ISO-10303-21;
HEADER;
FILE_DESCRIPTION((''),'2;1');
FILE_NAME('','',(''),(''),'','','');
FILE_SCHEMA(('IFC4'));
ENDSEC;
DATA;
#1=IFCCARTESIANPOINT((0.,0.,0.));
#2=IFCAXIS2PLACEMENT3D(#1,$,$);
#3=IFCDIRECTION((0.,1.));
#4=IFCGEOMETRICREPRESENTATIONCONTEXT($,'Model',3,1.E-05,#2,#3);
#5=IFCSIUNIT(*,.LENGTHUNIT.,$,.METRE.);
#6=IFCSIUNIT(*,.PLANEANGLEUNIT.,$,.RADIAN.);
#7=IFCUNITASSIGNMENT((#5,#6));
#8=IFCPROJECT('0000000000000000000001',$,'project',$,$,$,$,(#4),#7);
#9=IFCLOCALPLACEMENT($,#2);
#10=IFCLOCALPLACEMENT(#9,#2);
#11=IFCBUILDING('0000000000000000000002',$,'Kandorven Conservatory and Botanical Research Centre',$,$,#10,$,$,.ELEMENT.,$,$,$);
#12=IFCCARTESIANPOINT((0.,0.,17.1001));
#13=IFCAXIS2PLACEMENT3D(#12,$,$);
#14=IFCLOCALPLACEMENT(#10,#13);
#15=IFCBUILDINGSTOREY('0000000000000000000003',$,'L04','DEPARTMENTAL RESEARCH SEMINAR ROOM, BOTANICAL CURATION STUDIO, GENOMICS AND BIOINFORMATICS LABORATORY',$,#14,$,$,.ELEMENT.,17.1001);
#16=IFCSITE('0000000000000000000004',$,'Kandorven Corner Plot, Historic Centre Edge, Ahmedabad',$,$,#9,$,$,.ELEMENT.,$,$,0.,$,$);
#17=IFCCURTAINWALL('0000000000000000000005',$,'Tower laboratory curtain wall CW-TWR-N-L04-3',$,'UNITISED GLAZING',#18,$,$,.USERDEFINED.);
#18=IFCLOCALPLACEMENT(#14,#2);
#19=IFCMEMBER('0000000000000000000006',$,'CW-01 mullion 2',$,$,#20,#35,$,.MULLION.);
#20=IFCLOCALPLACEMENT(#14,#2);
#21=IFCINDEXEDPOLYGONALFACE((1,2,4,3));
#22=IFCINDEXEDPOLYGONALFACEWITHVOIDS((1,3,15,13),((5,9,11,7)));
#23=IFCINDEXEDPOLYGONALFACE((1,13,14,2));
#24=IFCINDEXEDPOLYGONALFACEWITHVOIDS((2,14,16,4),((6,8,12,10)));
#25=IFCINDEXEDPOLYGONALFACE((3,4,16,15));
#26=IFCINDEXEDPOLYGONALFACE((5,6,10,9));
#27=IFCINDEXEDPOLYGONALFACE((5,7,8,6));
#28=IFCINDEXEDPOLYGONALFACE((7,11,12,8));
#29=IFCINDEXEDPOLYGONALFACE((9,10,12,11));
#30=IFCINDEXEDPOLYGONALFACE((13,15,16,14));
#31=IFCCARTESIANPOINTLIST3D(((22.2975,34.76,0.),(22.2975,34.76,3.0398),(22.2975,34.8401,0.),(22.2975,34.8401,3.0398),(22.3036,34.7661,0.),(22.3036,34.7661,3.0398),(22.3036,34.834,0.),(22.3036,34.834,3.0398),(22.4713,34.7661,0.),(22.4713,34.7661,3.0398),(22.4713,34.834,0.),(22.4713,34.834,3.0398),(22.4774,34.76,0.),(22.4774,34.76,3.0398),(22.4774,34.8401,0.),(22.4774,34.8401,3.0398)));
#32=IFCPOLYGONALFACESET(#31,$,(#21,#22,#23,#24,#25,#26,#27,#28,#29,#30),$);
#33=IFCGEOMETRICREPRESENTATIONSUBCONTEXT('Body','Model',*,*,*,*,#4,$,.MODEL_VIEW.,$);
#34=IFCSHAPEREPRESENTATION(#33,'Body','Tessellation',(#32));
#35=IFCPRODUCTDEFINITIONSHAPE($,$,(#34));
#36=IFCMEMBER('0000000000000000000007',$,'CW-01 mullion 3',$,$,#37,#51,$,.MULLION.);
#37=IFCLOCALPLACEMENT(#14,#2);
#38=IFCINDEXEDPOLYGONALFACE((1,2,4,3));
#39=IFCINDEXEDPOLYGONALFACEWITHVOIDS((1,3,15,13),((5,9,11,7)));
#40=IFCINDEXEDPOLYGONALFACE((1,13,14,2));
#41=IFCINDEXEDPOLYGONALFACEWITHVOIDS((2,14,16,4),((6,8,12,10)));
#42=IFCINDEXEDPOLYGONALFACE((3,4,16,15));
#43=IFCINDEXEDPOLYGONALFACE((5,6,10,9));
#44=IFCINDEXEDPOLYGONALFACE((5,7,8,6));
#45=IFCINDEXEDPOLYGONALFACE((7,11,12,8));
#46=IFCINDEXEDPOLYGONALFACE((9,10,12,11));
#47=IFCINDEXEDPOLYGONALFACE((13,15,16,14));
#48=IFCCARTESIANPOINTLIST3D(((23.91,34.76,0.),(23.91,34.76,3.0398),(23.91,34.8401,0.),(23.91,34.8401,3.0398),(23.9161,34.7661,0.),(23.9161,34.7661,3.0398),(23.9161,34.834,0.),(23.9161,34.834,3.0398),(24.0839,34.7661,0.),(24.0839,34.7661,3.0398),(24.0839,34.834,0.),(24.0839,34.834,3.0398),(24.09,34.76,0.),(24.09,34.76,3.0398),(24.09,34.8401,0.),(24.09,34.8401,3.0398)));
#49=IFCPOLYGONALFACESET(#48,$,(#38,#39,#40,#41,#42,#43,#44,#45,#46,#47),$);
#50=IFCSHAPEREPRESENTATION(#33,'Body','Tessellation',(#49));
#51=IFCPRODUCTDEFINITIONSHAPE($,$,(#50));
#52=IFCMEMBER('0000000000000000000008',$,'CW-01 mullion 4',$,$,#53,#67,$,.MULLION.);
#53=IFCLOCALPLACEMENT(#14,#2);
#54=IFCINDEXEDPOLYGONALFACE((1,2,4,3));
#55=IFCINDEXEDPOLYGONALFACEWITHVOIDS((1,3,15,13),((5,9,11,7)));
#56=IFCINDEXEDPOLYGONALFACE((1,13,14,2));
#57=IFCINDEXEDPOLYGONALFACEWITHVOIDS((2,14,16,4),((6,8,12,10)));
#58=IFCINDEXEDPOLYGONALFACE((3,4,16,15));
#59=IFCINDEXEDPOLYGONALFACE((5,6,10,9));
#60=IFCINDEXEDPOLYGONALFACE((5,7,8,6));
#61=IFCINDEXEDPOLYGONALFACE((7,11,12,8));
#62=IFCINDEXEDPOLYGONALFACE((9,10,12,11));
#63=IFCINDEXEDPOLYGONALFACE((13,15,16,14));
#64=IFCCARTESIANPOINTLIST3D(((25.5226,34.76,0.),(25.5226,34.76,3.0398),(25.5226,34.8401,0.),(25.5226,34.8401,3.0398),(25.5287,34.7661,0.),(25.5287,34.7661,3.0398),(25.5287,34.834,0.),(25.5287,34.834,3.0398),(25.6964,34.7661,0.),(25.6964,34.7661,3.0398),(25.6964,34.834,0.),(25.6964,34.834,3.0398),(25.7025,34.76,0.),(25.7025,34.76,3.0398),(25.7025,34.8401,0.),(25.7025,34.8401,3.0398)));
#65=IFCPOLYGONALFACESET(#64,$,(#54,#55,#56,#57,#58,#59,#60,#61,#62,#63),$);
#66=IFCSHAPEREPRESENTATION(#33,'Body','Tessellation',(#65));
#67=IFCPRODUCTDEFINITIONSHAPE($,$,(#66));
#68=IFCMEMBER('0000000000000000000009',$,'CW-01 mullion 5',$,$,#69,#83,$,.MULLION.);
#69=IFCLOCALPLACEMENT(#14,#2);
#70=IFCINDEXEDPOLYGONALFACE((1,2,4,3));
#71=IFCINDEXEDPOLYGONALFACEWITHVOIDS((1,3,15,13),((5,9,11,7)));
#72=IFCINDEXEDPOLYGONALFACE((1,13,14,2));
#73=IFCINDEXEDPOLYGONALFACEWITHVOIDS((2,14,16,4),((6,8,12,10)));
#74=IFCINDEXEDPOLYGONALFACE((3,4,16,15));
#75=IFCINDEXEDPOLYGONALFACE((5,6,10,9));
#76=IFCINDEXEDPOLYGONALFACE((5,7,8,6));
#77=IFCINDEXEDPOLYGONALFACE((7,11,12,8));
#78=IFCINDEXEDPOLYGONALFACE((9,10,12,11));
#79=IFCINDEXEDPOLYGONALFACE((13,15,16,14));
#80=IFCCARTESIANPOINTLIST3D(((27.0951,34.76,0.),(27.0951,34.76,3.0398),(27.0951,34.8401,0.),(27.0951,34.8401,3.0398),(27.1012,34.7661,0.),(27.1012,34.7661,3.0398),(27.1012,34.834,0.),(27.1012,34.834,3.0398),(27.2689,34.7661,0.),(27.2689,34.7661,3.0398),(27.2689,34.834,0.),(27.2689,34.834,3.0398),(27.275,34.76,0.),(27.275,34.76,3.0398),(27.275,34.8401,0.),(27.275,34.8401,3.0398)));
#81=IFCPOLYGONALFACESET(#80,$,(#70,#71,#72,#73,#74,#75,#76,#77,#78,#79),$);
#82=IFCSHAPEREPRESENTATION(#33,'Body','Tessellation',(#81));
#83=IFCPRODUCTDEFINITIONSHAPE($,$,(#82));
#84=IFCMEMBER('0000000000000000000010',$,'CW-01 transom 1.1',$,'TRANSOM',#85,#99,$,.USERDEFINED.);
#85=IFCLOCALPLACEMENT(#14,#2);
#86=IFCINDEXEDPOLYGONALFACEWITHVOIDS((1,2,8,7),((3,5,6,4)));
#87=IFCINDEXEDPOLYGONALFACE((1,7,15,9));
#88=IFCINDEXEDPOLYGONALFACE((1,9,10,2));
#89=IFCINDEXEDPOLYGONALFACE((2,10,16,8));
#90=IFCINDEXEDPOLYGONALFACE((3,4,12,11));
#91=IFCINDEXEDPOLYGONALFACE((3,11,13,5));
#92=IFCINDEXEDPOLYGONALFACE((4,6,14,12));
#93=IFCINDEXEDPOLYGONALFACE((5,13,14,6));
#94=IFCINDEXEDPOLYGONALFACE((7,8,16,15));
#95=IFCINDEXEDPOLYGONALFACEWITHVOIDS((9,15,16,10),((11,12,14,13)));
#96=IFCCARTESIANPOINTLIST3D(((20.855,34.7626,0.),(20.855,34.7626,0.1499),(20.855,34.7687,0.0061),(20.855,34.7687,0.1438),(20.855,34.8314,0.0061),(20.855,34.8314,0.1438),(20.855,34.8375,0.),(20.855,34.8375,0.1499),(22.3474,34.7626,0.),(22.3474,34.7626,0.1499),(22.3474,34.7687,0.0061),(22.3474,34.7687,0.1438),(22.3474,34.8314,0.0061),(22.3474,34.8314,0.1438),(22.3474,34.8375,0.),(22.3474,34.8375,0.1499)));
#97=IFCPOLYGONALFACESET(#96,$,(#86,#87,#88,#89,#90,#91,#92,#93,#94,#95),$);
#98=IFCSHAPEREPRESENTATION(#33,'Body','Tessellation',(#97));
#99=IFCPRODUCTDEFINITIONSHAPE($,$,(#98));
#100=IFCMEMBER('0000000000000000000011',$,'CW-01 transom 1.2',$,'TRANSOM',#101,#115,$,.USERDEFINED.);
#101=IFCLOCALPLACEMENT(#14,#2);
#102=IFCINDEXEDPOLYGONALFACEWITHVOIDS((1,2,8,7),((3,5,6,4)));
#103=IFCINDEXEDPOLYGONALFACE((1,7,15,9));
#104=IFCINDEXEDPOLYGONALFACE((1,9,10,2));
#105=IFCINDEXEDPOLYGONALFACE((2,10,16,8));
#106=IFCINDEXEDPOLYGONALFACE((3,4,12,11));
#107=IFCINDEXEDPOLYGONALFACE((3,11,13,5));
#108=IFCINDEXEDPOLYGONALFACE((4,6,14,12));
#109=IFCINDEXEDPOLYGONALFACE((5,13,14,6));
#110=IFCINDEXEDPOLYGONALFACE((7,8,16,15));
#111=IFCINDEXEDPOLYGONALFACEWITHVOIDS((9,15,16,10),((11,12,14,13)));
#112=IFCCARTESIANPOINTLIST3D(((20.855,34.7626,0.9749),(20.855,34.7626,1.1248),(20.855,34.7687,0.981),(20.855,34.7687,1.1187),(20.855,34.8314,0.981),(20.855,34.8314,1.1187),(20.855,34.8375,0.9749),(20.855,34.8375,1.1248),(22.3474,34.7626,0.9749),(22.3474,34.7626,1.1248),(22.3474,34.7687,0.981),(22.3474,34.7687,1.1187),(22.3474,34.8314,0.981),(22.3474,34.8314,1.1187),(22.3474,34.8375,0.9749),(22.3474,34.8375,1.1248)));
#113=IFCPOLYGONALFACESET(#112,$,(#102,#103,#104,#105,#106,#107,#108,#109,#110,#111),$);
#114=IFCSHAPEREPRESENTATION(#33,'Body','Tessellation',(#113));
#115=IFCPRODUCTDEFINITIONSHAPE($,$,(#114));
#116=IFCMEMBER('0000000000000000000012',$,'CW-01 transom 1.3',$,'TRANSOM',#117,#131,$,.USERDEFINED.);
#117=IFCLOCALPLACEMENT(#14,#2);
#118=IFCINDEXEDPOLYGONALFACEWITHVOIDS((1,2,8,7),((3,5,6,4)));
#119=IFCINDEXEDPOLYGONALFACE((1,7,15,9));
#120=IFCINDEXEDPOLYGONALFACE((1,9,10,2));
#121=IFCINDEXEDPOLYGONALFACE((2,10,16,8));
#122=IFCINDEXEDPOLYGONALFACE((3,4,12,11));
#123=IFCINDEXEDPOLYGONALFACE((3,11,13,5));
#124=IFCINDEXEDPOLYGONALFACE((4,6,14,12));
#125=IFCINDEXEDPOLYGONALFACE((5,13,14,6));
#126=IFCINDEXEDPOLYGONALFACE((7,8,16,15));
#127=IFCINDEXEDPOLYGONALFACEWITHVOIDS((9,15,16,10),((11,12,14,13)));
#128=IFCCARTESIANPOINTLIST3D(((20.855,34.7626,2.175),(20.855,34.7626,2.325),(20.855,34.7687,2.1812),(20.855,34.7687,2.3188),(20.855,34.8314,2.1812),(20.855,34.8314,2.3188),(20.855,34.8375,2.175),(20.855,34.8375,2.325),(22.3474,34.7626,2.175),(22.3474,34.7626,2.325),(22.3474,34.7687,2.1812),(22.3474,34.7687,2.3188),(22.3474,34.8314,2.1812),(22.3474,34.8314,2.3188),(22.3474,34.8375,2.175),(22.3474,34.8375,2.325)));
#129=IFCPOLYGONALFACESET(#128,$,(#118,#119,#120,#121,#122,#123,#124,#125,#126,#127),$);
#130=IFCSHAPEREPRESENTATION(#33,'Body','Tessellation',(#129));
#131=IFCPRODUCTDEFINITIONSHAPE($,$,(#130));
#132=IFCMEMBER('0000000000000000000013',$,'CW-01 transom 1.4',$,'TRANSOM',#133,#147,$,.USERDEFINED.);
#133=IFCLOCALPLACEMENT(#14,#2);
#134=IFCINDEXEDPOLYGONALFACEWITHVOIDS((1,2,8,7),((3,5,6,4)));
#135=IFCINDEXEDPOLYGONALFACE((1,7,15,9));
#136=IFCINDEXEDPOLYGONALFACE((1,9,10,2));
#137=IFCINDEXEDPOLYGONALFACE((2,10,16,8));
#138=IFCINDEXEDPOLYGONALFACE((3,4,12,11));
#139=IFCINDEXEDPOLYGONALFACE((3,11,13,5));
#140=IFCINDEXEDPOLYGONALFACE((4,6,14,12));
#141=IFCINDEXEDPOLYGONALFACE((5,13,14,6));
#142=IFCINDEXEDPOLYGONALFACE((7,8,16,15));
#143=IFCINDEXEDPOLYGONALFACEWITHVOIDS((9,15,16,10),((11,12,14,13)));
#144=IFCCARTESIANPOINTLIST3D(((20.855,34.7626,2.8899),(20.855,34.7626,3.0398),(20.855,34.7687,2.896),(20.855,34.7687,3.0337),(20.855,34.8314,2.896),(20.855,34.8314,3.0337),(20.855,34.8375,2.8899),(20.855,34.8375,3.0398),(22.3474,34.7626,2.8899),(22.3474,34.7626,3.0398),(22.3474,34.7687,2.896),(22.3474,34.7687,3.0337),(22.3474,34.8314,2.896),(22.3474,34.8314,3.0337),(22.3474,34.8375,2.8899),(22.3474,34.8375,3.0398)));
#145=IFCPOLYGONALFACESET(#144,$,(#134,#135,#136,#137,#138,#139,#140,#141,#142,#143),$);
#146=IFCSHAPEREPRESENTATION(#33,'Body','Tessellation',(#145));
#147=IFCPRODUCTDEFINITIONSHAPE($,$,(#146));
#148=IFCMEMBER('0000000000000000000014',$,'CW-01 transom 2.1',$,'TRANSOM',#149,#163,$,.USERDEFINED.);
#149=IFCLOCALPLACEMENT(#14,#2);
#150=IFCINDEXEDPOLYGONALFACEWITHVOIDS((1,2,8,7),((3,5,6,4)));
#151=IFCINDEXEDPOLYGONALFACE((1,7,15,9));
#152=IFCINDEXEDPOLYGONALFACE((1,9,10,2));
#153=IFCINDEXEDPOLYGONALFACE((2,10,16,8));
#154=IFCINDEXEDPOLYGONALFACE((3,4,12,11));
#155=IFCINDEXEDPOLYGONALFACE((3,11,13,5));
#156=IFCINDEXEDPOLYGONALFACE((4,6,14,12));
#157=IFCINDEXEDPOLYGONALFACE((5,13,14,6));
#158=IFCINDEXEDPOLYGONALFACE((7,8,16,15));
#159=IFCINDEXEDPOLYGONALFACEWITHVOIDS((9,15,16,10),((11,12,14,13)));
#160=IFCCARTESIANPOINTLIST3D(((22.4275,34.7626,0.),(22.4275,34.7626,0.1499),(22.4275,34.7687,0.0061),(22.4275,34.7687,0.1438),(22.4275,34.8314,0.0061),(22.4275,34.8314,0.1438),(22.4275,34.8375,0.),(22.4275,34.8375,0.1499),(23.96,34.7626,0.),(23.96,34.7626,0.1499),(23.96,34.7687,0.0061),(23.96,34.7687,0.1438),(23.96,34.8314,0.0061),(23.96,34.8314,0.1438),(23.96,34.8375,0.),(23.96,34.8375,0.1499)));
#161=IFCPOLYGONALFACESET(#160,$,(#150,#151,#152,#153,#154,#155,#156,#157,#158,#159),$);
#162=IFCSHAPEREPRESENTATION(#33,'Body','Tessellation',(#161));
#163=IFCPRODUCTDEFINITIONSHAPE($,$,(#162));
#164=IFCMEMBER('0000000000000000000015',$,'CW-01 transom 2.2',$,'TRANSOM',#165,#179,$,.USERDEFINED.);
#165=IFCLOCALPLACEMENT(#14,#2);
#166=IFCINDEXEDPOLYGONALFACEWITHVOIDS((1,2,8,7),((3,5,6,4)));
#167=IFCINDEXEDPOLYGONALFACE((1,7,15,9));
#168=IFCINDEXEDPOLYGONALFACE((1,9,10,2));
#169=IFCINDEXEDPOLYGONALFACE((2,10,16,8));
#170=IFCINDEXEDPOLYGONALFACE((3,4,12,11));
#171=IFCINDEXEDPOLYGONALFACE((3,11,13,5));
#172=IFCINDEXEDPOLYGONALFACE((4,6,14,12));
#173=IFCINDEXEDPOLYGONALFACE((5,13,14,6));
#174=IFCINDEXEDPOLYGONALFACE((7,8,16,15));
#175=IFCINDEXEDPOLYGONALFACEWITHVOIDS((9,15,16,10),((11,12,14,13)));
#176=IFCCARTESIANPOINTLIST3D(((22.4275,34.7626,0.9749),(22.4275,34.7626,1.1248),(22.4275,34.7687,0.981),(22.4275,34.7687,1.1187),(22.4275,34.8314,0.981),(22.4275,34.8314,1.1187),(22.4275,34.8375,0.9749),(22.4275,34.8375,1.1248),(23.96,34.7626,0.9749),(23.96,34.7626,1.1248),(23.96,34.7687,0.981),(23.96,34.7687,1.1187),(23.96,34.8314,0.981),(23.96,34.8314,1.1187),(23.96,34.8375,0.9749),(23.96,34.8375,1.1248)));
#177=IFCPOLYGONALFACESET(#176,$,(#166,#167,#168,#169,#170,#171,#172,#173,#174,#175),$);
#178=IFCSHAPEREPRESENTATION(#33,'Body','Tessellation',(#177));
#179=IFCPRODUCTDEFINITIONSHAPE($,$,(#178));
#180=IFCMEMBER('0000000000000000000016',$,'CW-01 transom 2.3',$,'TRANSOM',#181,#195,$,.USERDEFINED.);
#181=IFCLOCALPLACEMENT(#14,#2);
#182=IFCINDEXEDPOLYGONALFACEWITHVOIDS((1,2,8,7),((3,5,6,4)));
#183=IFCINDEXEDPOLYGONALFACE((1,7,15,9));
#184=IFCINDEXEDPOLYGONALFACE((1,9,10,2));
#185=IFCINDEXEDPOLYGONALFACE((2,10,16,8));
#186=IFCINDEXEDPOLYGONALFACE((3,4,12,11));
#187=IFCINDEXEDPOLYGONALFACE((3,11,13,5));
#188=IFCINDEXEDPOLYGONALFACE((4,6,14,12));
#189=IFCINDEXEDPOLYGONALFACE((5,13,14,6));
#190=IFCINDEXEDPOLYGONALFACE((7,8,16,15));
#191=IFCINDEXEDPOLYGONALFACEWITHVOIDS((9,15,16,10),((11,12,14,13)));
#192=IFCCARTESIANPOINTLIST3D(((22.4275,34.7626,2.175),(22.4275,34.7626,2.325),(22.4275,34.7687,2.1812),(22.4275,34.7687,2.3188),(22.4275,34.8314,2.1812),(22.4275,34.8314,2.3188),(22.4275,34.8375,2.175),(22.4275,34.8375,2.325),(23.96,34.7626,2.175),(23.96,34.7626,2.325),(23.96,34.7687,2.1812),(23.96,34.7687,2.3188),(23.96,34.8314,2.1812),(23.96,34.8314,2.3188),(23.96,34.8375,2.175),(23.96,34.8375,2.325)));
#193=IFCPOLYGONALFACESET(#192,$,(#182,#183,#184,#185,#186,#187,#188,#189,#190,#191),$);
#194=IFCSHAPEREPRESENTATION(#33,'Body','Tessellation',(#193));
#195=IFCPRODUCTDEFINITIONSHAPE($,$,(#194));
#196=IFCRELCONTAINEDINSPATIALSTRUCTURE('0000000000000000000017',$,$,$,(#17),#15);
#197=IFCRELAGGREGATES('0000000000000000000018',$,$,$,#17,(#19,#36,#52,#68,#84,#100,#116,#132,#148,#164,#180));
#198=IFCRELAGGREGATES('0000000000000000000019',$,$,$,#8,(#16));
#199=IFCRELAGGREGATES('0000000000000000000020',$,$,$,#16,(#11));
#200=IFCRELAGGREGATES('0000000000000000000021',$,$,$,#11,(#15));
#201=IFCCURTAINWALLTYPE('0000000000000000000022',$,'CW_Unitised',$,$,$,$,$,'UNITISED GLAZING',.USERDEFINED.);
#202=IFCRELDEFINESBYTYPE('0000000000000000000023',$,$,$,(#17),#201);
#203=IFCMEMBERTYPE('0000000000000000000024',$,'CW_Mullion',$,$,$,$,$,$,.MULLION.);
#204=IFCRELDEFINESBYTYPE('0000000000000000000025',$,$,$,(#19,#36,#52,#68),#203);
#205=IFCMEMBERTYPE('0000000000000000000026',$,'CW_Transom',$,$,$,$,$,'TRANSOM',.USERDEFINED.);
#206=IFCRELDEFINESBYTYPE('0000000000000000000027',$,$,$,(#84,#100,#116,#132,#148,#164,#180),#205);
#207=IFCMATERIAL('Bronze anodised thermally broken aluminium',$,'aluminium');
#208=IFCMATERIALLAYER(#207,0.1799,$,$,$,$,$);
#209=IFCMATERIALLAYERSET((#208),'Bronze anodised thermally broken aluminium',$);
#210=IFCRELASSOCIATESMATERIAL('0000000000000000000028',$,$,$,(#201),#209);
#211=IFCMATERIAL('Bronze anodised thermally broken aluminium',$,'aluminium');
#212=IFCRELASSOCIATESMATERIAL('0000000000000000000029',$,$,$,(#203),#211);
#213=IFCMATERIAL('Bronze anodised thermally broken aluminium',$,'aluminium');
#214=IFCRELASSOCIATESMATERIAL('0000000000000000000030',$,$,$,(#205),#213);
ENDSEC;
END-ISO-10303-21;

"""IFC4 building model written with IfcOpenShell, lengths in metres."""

from ifc_helpers import new_model, si_unit, direction, frame, origin, origin_2d, place, context, subcontext, project, spatial, hollow_rectangle, extrude, material, layer, layer_set, material_profile, profile_set, type_object, element, aggregate, save


model = new_model("IFC4")

# Units and contexts
model_context = context("Model", 3, precision=1e-05, world=origin(), true_north=direction((0.0, 1.0)))
body_context = subcontext(model_context, "Body", "Model", "MODEL_VIEW")
ifc_project = project(units=[si_unit("LENGTHUNIT", "METRE"), si_unit("PLANEANGLEUNIT", "RADIAN")], contexts=[model_context])

# Site, building, storey
site_placement = place(None, origin())
site = spatial("IfcSite", under=ifc_project, at=site_placement, Name="Kandorven Corner Plot, Historic Centre Edge, Ahmedabad", CompositionType="ELEMENT", RefElevation=0.0)
building_placement = place(site_placement, origin())
building = spatial("IfcBuilding", under=site, at=building_placement, Name="Kandorven Conservatory and Botanical Research Centre", CompositionType="ELEMENT")
storey_placement = place(building_placement, frame((0.0, 0.0, 17.1001)))
storey = spatial("IfcBuildingStorey", under=building, at=storey_placement, Name="L04", Description="DEPARTMENTAL RESEARCH SEMINAR ROOM, BOTANICAL CURATION STUDIO, GENOMICS AND BIOINFORMATICS LABORATORY", CompositionType="ELEMENT", Elevation=17.1001)

# Curtain wall, members
ifc_material_1 = material(Name="Bronze anodised thermally broken aluminium", Category="aluminium")
ifc_layer_1 = layer(ifc_material_1, 0.1799)
ifc_layer_set_1 = layer_set([ifc_layer_1], Name="Bronze anodised thermally broken aluminium")
curtain_wall_type = type_object("IfcCurtainWallType", Name="CW_Unitised", ElementType="UNITISED GLAZING", PredefinedType="USERDEFINED", material=ifc_layer_set_1)
curtain_wall_placement = place(storey_placement, origin())
curtain_wall = element("IfcCurtainWall", 1, at=curtain_wall_placement, inside=storey, type_object=curtain_wall_type, Name="Tower laboratory curtain wall CW-TWR-N-L04-3", ObjectType="UNITISED GLAZING", PredefinedType="USERDEFINED")
ifc_material_2 = material(Name="Bronze anodised thermally broken aluminium", Category="aluminium")
ifc_material_profile_1 = material_profile(ifc_material_2, hollow_rectangle(XDim=0.0801, YDim=0.1799, WallThickness=0.0061, at=origin_2d()))
ifc_profile_set_1 = profile_set([ifc_material_profile_1], Name="Bronze anodised thermally broken aluminium")
member_type_1 = type_object("IfcMemberType", Name="CW_Mullion", PredefinedType="MULLION", material=ifc_profile_set_1)
member_1_placement = place(storey_placement, frame((22.3875, 34.8, 0.0), z_axis=(0.0, 0.0, 1.0), x_axis=(0.0, 1.0, 0.0)))
member_1 = element("IfcMember", 2, at=member_1_placement, type_object=member_type_1, Name="CW-01 mullion 2", PredefinedType="MULLION", context=body_context, shape_type="SweptSolid", body=[
    extrude(hollow_rectangle(XDim=0.0801, YDim=0.1799, WallThickness=0.0061, at=origin_2d()), origin(), (0.0, 0.0, 1.0), 3.0398),
])
member_2_placement = place(storey_placement, frame((24.0, 34.8, 0.0), z_axis=(0.0, 0.0, 1.0), x_axis=(0.0, 1.0, 0.0)))
member_2 = element("IfcMember", 3, at=member_2_placement, type_object=member_type_1, Name="CW-01 mullion 3", PredefinedType="MULLION", context=body_context, shape_type="SweptSolid", body=[
    extrude(hollow_rectangle(XDim=0.0801, YDim=0.1799, WallThickness=0.0061, at=origin_2d()), origin(), (0.0, 0.0, 1.0), 3.0398),
])
member_3_placement = place(storey_placement, frame((25.6125, 34.8, 0.0), z_axis=(0.0, 0.0, 1.0), x_axis=(0.0, 1.0, 0.0)))
member_3 = element("IfcMember", 4, at=member_3_placement, type_object=member_type_1, Name="CW-01 mullion 4", PredefinedType="MULLION", context=body_context, shape_type="SweptSolid", body=[
    extrude(hollow_rectangle(XDim=0.0801, YDim=0.1799, WallThickness=0.0061, at=origin_2d()), origin(), (0.0, 0.0, 1.0), 3.0398),
])
member_4_placement = place(storey_placement, frame((27.1851, 34.8, 0.0), z_axis=(0.0, 0.0, 1.0), x_axis=(0.0, 1.0, 0.0)))
member_4 = element("IfcMember", 5, at=member_4_placement, type_object=member_type_1, Name="CW-01 mullion 5", PredefinedType="MULLION", context=body_context, shape_type="SweptSolid", body=[
    extrude(hollow_rectangle(XDim=0.0801, YDim=0.1799, WallThickness=0.0061, at=origin_2d()), origin(), (0.0, 0.0, 1.0), 3.0398),
])
ifc_material_3 = material(Name="Bronze anodised thermally broken aluminium", Category="aluminium")
ifc_material_profile_2 = material_profile(ifc_material_3, hollow_rectangle(XDim=0.075, YDim=0.1499, WallThickness=0.0061, at=origin_2d()))
ifc_profile_set_2 = profile_set([ifc_material_profile_2], Name="Bronze anodised thermally broken aluminium")
member_type_2 = type_object("IfcMemberType", Name="CW_Transom", ElementType="TRANSOM", PredefinedType="USERDEFINED", material=ifc_profile_set_2)
member_5_placement = place(storey_placement, frame((20.855, 34.8, 0.075), z_axis=(1.0, 0.0, 0.0), x_axis=(0.0, 1.0, 0.0)))
member_5 = element("IfcMember", 6, at=member_5_placement, type_object=member_type_2, Name="CW-01 transom 1.1", ObjectType="TRANSOM", PredefinedType="USERDEFINED", context=body_context, shape_type="SweptSolid", body=[
    extrude(hollow_rectangle(XDim=0.075, YDim=0.1499, WallThickness=0.0061, at=origin_2d()), origin(), (0.0, 0.0, 1.0), 1.4924),
])
member_6_placement = place(storey_placement, frame((20.855, 34.8, 1.0498), z_axis=(1.0, 0.0, 0.0), x_axis=(0.0, 1.0, 0.0)))
member_6 = element("IfcMember", 7, at=member_6_placement, type_object=member_type_2, Name="CW-01 transom 1.2", ObjectType="TRANSOM", PredefinedType="USERDEFINED", context=body_context, shape_type="SweptSolid", body=[
    extrude(hollow_rectangle(XDim=0.075, YDim=0.1499, WallThickness=0.0061, at=origin_2d()), origin(), (0.0, 0.0, 1.0), 1.4924),
])
member_7_placement = place(storey_placement, frame((20.855, 34.8, 2.25), z_axis=(1.0, 0.0, 0.0), x_axis=(0.0, 1.0, 0.0)))
member_7 = element("IfcMember", 8, at=member_7_placement, type_object=member_type_2, Name="CW-01 transom 1.3", ObjectType="TRANSOM", PredefinedType="USERDEFINED", context=body_context, shape_type="SweptSolid", body=[
    extrude(hollow_rectangle(XDim=0.075, YDim=0.1499, WallThickness=0.0061, at=origin_2d()), origin(), (0.0, 0.0, 1.0), 1.4924),
])
member_8_placement = place(storey_placement, frame((20.855, 34.8, 2.9648), z_axis=(1.0, 0.0, 0.0), x_axis=(0.0, 1.0, 0.0)))
member_8 = element("IfcMember", 9, at=member_8_placement, type_object=member_type_2, Name="CW-01 transom 1.4", ObjectType="TRANSOM", PredefinedType="USERDEFINED", context=body_context, shape_type="SweptSolid", body=[
    extrude(hollow_rectangle(XDim=0.075, YDim=0.1499, WallThickness=0.0061, at=origin_2d()), origin(), (0.0, 0.0, 1.0), 1.4924),
])
member_9_placement = place(storey_placement, frame((22.4275, 34.8, 0.075), z_axis=(1.0, 0.0, 0.0), x_axis=(0.0, 1.0, 0.0)))
member_9 = element("IfcMember", 10, at=member_9_placement, type_object=member_type_2, Name="CW-01 transom 2.1", ObjectType="TRANSOM", PredefinedType="USERDEFINED", context=body_context, shape_type="SweptSolid", body=[
    extrude(hollow_rectangle(XDim=0.075, YDim=0.1499, WallThickness=0.0061, at=origin_2d()), origin(), (0.0, 0.0, 1.0), 1.5325),
])
member_10_placement = place(storey_placement, frame((22.4275, 34.8, 1.0498), z_axis=(1.0, 0.0, 0.0), x_axis=(0.0, 1.0, 0.0)))
member_10 = element("IfcMember", 11, at=member_10_placement, type_object=member_type_2, Name="CW-01 transom 2.2", ObjectType="TRANSOM", PredefinedType="USERDEFINED", context=body_context, shape_type="SweptSolid", body=[
    extrude(hollow_rectangle(XDim=0.075, YDim=0.1499, WallThickness=0.0061, at=origin_2d()), origin(), (0.0, 0.0, 1.0), 1.5325),
])
member_11_placement = place(storey_placement, frame((22.4275, 34.8, 2.25), z_axis=(1.0, 0.0, 0.0), x_axis=(0.0, 1.0, 0.0)))
member_11 = element("IfcMember", 12, at=member_11_placement, type_object=member_type_2, Name="CW-01 transom 2.3", ObjectType="TRANSOM", PredefinedType="USERDEFINED", context=body_context, shape_type="SweptSolid", body=[
    extrude(hollow_rectangle(XDim=0.075, YDim=0.1499, WallThickness=0.0061, at=origin_2d()), origin(), (0.0, 0.0, 1.0), 1.5325),
])
aggregate(curtain_wall, [member_1, member_2, member_3, member_4, member_5, member_6, member_7, member_8, member_9, member_10, member_11])

save(model, "model.ifc")
